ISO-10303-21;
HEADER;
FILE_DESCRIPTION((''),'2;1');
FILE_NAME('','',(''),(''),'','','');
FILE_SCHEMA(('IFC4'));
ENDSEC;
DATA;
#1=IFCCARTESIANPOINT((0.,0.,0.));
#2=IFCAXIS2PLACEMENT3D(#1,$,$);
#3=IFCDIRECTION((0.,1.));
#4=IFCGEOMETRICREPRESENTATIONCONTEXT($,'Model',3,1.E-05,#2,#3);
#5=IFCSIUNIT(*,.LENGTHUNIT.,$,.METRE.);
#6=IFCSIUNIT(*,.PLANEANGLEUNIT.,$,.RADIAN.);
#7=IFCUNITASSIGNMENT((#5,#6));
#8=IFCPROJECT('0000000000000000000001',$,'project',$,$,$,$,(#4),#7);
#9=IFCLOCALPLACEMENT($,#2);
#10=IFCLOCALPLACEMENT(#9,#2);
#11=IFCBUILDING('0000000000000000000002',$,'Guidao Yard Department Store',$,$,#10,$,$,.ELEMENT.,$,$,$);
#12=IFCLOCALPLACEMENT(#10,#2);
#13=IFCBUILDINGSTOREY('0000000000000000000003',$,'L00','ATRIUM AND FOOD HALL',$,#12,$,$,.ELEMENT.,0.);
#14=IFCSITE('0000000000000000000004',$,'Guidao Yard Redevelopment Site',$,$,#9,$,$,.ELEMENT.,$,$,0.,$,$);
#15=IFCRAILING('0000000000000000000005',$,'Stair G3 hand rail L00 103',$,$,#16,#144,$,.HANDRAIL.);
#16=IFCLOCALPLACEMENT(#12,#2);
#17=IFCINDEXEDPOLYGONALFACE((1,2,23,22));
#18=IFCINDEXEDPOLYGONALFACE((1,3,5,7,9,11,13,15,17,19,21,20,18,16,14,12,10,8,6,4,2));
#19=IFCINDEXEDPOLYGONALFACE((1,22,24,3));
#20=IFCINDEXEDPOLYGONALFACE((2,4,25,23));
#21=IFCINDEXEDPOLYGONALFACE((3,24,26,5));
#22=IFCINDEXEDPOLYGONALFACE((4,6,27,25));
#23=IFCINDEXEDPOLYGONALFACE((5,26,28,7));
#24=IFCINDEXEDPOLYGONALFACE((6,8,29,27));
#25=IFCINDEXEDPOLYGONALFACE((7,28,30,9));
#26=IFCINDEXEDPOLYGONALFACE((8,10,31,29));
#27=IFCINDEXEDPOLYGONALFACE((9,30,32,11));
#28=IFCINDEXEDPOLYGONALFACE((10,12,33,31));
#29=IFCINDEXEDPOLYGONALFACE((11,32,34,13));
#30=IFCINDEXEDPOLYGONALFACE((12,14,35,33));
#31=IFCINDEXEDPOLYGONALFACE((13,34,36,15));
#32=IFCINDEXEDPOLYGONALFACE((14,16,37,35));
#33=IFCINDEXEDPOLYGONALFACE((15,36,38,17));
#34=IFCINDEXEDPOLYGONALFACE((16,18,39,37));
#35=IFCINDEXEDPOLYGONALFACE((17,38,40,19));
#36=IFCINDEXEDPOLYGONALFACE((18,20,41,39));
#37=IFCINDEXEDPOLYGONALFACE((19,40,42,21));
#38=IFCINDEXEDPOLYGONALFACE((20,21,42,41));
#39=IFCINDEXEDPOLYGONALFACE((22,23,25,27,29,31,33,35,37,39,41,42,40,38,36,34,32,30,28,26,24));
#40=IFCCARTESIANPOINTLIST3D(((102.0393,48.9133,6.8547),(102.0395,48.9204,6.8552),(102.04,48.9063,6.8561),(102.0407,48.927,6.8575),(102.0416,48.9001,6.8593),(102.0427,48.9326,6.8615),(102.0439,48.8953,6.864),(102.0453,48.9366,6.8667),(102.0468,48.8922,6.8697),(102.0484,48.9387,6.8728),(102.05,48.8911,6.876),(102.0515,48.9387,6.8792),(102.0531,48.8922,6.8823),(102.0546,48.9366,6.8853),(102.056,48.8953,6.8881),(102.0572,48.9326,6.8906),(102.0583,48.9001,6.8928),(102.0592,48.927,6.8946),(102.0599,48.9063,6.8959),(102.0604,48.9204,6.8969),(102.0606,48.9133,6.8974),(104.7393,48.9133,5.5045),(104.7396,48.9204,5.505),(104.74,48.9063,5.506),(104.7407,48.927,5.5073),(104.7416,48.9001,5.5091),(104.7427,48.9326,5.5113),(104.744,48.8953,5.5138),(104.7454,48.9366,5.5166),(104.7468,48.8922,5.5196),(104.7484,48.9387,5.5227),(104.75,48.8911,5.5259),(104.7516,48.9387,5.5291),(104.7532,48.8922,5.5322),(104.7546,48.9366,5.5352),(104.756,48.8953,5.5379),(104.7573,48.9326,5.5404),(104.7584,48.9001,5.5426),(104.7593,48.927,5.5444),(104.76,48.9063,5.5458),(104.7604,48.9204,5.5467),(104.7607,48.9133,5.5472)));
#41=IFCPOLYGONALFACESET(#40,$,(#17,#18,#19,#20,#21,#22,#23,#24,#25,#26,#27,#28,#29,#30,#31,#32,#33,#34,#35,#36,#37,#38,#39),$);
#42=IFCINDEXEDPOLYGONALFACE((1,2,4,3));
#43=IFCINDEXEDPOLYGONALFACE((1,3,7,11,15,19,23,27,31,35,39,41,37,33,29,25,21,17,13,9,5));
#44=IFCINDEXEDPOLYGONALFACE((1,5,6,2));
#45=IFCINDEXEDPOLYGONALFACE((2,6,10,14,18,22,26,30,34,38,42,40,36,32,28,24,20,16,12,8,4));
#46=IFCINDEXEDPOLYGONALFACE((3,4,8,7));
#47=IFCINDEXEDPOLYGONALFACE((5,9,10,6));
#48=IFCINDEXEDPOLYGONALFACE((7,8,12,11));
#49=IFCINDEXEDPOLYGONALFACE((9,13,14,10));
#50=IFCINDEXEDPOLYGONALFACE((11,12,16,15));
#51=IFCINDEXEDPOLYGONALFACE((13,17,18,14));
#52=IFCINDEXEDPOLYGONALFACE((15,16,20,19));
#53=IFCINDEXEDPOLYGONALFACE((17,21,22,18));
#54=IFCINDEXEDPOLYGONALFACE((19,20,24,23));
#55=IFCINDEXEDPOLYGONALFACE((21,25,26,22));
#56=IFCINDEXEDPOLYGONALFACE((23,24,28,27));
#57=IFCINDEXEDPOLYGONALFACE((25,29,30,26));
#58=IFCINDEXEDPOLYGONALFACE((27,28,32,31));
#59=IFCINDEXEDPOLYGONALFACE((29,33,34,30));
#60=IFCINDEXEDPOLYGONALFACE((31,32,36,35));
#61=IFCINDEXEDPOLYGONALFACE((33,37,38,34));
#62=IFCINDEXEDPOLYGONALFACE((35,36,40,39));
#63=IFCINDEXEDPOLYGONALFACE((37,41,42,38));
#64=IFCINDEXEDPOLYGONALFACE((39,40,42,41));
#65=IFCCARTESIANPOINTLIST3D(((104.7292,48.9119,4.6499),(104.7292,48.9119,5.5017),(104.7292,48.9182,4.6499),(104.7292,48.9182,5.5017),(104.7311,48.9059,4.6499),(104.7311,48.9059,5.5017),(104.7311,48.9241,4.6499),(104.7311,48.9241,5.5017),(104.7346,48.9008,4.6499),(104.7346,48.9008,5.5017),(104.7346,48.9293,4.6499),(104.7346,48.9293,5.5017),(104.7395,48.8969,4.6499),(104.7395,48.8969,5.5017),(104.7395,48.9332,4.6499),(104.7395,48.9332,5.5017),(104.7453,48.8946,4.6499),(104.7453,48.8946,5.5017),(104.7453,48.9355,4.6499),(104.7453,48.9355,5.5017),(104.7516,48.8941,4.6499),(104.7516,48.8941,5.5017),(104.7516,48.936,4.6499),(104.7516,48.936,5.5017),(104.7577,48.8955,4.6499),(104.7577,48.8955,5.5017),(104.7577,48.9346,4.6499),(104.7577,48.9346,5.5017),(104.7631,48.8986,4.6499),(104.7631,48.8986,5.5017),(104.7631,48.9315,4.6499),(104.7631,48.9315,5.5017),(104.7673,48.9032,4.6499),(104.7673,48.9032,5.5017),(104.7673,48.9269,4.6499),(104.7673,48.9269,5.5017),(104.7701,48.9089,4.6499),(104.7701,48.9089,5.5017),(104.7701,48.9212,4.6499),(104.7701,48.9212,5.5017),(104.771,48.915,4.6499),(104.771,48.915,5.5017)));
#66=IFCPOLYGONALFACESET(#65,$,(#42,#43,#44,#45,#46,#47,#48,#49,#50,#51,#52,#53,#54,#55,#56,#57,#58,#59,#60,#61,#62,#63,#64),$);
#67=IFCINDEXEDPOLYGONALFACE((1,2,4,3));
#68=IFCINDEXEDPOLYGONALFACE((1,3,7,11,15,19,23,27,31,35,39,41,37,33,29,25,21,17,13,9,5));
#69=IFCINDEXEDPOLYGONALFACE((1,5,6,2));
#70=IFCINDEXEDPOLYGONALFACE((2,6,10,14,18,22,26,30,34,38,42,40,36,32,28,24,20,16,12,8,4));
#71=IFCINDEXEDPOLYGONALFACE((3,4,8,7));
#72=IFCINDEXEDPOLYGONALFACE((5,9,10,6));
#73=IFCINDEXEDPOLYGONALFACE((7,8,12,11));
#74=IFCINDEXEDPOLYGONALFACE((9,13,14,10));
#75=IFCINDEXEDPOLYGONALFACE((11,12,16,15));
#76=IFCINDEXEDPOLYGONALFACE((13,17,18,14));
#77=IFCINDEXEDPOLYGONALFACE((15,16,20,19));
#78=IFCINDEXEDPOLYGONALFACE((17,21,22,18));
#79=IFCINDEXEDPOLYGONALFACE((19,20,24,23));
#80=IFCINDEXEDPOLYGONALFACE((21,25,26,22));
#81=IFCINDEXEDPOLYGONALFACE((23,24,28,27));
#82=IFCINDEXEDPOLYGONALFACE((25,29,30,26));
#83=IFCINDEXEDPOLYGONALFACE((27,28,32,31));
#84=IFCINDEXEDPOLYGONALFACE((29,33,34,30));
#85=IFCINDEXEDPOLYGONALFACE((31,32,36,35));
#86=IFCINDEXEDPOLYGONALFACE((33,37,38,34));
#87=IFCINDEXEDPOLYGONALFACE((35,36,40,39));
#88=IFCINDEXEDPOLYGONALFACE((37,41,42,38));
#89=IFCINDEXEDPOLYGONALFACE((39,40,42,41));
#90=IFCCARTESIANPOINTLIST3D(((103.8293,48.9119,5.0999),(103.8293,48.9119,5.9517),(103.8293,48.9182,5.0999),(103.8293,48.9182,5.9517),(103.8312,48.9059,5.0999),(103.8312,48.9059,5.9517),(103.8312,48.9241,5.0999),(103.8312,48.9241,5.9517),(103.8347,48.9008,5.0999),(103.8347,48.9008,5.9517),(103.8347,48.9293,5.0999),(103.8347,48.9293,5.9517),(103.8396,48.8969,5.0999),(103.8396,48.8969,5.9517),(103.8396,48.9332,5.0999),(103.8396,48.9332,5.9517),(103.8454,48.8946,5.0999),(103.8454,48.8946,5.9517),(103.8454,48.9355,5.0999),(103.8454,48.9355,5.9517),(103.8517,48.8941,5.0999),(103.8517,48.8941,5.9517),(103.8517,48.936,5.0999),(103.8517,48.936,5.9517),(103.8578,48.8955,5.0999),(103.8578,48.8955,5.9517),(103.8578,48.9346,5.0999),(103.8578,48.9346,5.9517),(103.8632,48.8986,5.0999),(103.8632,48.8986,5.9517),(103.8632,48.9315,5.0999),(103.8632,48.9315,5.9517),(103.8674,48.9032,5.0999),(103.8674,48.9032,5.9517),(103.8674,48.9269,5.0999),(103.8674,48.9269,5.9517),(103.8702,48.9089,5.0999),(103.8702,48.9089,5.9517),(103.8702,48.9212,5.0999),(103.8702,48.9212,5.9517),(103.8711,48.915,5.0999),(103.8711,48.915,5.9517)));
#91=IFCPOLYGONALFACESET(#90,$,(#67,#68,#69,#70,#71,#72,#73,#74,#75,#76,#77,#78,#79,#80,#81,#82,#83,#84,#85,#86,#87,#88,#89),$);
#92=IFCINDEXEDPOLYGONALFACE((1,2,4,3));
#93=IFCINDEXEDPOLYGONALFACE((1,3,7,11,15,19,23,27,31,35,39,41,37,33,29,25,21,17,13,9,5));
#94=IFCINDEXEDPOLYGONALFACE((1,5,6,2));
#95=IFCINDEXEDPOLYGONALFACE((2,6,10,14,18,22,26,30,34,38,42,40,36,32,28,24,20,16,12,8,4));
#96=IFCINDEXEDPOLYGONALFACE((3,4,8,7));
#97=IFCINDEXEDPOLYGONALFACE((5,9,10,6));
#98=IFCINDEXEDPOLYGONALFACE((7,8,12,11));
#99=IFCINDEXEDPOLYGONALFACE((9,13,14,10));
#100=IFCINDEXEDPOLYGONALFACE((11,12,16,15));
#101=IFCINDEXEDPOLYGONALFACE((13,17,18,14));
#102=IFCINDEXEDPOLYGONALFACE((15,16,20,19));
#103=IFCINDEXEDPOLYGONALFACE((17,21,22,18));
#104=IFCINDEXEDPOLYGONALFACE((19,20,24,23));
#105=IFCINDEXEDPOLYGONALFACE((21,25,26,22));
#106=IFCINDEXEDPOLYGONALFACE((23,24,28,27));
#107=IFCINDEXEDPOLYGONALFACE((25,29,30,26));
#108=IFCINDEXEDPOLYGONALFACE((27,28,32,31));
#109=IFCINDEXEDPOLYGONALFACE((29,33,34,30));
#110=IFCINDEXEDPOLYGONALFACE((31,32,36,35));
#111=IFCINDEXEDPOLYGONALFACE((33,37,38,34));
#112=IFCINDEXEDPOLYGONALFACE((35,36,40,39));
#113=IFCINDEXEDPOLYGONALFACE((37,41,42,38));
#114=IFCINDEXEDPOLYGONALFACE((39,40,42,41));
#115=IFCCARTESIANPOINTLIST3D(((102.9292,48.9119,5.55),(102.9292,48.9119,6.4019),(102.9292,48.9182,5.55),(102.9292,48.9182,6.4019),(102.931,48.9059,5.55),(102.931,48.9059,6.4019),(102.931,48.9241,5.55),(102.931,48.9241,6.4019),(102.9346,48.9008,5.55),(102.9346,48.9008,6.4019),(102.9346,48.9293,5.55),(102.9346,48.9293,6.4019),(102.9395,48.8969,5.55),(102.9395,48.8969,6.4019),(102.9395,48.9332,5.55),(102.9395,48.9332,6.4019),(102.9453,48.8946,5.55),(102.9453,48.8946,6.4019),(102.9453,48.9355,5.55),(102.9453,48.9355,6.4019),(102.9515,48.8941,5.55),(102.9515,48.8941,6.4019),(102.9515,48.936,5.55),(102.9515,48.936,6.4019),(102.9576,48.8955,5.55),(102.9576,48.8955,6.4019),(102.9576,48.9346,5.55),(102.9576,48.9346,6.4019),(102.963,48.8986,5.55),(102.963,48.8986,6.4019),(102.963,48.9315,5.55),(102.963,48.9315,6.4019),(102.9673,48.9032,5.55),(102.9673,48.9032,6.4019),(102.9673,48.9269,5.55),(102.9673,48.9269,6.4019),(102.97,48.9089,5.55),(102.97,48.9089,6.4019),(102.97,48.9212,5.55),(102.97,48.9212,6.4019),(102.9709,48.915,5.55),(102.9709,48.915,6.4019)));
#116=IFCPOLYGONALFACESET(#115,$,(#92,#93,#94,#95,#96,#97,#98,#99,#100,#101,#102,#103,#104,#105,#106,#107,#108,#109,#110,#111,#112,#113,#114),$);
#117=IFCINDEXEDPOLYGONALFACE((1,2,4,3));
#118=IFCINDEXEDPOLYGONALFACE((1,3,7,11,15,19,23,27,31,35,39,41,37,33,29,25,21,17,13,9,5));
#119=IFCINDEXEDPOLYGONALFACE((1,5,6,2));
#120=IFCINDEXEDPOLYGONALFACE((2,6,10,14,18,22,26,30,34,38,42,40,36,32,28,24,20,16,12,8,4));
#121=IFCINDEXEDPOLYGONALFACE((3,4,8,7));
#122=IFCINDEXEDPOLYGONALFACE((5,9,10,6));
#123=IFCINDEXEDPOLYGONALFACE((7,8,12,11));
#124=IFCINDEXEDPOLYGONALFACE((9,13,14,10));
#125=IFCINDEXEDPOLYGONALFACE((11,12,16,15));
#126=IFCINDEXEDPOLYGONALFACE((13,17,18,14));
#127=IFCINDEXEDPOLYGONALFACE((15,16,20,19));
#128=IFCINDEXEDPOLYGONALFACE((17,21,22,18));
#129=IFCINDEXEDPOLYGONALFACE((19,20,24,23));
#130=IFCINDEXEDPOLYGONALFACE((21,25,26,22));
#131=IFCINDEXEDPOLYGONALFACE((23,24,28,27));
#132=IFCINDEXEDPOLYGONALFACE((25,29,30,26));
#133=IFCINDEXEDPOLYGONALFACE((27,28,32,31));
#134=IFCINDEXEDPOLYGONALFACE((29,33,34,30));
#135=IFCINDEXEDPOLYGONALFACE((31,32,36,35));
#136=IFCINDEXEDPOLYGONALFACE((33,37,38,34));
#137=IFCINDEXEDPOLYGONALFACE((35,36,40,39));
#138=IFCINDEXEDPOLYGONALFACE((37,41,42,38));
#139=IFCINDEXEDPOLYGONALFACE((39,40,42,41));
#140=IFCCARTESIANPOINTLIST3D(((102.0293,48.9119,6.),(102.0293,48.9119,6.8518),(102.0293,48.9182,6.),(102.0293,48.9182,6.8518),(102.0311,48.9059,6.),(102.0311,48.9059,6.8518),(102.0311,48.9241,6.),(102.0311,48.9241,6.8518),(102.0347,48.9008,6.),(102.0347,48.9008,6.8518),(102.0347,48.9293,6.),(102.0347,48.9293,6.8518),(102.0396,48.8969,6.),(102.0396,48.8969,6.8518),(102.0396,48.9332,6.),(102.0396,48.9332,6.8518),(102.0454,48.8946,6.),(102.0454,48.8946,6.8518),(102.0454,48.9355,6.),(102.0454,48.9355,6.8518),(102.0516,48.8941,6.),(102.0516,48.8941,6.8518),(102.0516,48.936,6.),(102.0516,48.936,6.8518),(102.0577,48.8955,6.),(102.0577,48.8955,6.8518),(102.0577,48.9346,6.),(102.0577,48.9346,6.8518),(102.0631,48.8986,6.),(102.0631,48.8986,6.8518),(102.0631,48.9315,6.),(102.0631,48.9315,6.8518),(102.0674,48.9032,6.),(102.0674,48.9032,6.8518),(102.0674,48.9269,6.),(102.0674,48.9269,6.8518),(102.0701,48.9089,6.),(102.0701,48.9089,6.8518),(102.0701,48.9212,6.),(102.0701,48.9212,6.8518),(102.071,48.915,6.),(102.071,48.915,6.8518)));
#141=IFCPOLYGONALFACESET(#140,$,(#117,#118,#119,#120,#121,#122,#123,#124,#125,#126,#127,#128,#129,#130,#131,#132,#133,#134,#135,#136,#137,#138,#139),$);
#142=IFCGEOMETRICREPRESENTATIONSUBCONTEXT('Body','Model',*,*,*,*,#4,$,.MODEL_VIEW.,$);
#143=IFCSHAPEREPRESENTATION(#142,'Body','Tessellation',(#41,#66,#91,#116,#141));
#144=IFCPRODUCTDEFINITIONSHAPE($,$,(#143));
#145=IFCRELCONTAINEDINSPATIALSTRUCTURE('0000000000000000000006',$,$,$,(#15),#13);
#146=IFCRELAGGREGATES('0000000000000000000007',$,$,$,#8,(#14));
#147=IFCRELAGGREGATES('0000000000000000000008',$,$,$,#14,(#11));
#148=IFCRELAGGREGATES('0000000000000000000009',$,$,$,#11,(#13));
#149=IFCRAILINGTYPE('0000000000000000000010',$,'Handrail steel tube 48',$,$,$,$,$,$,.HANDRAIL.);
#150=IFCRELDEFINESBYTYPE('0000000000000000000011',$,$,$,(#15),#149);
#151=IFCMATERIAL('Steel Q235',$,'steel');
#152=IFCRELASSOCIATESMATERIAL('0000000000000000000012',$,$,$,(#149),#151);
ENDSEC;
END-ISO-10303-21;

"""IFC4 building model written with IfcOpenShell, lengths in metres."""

from ifc_helpers import new_model, si_unit, direction, frame, origin, origin_2d, place, context, subcontext, project, spatial, circle, extrude, material, type_object, element, save


model = new_model("IFC4")

# Units and contexts
model_context = context("Model", 3, precision=1e-05, world=origin(), true_north=direction((0.0, 1.0)))
body_context = subcontext(model_context, "Body", "Model", "MODEL_VIEW")
ifc_project = project(units=[si_unit("LENGTHUNIT", "METRE"), si_unit("PLANEANGLEUNIT", "RADIAN")], contexts=[model_context])

# Site, building, storey
site_placement = place(None, origin())
site = spatial("IfcSite", under=ifc_project, at=site_placement, Name="Guidao Yard Redevelopment Site", CompositionType="ELEMENT", RefElevation=0.0)
building_placement = place(site_placement, origin())
building = spatial("IfcBuilding", under=site, at=building_placement, Name="Guidao Yard Department Store", CompositionType="ELEMENT")
storey_placement = place(building_placement, origin())
storey = spatial("IfcBuildingStorey", under=building, at=storey_placement, Name="L00", Description="ATRIUM AND FOOD HALL", CompositionType="ELEMENT", Elevation=0.0)

# Railing
ifc_material_1 = material(Name="Steel Q235", Category="steel")
railing_type = type_object("IfcRailingType", Name="Handrail steel tube 48", PredefinedType="HANDRAIL", material=ifc_material_1)
for number, where, name in (
    (1, (104.75, 48.915, 4.6499), "Stair G3 hand rail L00 103"),
):
    element("IfcRailing", number, at=place(storey_placement, frame(where)), inside=storey, type_object=railing_type, Name=name, PredefinedType="HANDRAIL", context=body_context, shape_type="SweptSolid", body=[
        extrude(circle(Radius=0.0239, at=origin_2d()), frame((0.0, 0.0, 0.876), z_axis=(-0.894411, 0.0, 0.447246), x_axis=(0.0, -1.0, 0.0)), (0.0, 0.0, 1.0), 3.0188),
        extrude(circle(Radius=0.021, at=origin_2d()), origin(), (0.0, 0.0, 1.0), 0.8518),
        extrude(circle(Radius=0.021, at=origin_2d()), frame((-0.8999, 0.0, 0.45)), (0.0, 0.0, 1.0), 0.8518),
        extrude(circle(Radius=0.021, at=origin_2d()), frame((-1.8, 0.0, 0.9001)), (0.0, 0.0, 1.0), 0.8518),
        extrude(circle(Radius=0.021, at=origin_2d()), frame((-2.7, 0.0, 1.3501)), (0.0, 0.0, 1.0), 0.8518),
    ])

save(model, "model.ifc")
